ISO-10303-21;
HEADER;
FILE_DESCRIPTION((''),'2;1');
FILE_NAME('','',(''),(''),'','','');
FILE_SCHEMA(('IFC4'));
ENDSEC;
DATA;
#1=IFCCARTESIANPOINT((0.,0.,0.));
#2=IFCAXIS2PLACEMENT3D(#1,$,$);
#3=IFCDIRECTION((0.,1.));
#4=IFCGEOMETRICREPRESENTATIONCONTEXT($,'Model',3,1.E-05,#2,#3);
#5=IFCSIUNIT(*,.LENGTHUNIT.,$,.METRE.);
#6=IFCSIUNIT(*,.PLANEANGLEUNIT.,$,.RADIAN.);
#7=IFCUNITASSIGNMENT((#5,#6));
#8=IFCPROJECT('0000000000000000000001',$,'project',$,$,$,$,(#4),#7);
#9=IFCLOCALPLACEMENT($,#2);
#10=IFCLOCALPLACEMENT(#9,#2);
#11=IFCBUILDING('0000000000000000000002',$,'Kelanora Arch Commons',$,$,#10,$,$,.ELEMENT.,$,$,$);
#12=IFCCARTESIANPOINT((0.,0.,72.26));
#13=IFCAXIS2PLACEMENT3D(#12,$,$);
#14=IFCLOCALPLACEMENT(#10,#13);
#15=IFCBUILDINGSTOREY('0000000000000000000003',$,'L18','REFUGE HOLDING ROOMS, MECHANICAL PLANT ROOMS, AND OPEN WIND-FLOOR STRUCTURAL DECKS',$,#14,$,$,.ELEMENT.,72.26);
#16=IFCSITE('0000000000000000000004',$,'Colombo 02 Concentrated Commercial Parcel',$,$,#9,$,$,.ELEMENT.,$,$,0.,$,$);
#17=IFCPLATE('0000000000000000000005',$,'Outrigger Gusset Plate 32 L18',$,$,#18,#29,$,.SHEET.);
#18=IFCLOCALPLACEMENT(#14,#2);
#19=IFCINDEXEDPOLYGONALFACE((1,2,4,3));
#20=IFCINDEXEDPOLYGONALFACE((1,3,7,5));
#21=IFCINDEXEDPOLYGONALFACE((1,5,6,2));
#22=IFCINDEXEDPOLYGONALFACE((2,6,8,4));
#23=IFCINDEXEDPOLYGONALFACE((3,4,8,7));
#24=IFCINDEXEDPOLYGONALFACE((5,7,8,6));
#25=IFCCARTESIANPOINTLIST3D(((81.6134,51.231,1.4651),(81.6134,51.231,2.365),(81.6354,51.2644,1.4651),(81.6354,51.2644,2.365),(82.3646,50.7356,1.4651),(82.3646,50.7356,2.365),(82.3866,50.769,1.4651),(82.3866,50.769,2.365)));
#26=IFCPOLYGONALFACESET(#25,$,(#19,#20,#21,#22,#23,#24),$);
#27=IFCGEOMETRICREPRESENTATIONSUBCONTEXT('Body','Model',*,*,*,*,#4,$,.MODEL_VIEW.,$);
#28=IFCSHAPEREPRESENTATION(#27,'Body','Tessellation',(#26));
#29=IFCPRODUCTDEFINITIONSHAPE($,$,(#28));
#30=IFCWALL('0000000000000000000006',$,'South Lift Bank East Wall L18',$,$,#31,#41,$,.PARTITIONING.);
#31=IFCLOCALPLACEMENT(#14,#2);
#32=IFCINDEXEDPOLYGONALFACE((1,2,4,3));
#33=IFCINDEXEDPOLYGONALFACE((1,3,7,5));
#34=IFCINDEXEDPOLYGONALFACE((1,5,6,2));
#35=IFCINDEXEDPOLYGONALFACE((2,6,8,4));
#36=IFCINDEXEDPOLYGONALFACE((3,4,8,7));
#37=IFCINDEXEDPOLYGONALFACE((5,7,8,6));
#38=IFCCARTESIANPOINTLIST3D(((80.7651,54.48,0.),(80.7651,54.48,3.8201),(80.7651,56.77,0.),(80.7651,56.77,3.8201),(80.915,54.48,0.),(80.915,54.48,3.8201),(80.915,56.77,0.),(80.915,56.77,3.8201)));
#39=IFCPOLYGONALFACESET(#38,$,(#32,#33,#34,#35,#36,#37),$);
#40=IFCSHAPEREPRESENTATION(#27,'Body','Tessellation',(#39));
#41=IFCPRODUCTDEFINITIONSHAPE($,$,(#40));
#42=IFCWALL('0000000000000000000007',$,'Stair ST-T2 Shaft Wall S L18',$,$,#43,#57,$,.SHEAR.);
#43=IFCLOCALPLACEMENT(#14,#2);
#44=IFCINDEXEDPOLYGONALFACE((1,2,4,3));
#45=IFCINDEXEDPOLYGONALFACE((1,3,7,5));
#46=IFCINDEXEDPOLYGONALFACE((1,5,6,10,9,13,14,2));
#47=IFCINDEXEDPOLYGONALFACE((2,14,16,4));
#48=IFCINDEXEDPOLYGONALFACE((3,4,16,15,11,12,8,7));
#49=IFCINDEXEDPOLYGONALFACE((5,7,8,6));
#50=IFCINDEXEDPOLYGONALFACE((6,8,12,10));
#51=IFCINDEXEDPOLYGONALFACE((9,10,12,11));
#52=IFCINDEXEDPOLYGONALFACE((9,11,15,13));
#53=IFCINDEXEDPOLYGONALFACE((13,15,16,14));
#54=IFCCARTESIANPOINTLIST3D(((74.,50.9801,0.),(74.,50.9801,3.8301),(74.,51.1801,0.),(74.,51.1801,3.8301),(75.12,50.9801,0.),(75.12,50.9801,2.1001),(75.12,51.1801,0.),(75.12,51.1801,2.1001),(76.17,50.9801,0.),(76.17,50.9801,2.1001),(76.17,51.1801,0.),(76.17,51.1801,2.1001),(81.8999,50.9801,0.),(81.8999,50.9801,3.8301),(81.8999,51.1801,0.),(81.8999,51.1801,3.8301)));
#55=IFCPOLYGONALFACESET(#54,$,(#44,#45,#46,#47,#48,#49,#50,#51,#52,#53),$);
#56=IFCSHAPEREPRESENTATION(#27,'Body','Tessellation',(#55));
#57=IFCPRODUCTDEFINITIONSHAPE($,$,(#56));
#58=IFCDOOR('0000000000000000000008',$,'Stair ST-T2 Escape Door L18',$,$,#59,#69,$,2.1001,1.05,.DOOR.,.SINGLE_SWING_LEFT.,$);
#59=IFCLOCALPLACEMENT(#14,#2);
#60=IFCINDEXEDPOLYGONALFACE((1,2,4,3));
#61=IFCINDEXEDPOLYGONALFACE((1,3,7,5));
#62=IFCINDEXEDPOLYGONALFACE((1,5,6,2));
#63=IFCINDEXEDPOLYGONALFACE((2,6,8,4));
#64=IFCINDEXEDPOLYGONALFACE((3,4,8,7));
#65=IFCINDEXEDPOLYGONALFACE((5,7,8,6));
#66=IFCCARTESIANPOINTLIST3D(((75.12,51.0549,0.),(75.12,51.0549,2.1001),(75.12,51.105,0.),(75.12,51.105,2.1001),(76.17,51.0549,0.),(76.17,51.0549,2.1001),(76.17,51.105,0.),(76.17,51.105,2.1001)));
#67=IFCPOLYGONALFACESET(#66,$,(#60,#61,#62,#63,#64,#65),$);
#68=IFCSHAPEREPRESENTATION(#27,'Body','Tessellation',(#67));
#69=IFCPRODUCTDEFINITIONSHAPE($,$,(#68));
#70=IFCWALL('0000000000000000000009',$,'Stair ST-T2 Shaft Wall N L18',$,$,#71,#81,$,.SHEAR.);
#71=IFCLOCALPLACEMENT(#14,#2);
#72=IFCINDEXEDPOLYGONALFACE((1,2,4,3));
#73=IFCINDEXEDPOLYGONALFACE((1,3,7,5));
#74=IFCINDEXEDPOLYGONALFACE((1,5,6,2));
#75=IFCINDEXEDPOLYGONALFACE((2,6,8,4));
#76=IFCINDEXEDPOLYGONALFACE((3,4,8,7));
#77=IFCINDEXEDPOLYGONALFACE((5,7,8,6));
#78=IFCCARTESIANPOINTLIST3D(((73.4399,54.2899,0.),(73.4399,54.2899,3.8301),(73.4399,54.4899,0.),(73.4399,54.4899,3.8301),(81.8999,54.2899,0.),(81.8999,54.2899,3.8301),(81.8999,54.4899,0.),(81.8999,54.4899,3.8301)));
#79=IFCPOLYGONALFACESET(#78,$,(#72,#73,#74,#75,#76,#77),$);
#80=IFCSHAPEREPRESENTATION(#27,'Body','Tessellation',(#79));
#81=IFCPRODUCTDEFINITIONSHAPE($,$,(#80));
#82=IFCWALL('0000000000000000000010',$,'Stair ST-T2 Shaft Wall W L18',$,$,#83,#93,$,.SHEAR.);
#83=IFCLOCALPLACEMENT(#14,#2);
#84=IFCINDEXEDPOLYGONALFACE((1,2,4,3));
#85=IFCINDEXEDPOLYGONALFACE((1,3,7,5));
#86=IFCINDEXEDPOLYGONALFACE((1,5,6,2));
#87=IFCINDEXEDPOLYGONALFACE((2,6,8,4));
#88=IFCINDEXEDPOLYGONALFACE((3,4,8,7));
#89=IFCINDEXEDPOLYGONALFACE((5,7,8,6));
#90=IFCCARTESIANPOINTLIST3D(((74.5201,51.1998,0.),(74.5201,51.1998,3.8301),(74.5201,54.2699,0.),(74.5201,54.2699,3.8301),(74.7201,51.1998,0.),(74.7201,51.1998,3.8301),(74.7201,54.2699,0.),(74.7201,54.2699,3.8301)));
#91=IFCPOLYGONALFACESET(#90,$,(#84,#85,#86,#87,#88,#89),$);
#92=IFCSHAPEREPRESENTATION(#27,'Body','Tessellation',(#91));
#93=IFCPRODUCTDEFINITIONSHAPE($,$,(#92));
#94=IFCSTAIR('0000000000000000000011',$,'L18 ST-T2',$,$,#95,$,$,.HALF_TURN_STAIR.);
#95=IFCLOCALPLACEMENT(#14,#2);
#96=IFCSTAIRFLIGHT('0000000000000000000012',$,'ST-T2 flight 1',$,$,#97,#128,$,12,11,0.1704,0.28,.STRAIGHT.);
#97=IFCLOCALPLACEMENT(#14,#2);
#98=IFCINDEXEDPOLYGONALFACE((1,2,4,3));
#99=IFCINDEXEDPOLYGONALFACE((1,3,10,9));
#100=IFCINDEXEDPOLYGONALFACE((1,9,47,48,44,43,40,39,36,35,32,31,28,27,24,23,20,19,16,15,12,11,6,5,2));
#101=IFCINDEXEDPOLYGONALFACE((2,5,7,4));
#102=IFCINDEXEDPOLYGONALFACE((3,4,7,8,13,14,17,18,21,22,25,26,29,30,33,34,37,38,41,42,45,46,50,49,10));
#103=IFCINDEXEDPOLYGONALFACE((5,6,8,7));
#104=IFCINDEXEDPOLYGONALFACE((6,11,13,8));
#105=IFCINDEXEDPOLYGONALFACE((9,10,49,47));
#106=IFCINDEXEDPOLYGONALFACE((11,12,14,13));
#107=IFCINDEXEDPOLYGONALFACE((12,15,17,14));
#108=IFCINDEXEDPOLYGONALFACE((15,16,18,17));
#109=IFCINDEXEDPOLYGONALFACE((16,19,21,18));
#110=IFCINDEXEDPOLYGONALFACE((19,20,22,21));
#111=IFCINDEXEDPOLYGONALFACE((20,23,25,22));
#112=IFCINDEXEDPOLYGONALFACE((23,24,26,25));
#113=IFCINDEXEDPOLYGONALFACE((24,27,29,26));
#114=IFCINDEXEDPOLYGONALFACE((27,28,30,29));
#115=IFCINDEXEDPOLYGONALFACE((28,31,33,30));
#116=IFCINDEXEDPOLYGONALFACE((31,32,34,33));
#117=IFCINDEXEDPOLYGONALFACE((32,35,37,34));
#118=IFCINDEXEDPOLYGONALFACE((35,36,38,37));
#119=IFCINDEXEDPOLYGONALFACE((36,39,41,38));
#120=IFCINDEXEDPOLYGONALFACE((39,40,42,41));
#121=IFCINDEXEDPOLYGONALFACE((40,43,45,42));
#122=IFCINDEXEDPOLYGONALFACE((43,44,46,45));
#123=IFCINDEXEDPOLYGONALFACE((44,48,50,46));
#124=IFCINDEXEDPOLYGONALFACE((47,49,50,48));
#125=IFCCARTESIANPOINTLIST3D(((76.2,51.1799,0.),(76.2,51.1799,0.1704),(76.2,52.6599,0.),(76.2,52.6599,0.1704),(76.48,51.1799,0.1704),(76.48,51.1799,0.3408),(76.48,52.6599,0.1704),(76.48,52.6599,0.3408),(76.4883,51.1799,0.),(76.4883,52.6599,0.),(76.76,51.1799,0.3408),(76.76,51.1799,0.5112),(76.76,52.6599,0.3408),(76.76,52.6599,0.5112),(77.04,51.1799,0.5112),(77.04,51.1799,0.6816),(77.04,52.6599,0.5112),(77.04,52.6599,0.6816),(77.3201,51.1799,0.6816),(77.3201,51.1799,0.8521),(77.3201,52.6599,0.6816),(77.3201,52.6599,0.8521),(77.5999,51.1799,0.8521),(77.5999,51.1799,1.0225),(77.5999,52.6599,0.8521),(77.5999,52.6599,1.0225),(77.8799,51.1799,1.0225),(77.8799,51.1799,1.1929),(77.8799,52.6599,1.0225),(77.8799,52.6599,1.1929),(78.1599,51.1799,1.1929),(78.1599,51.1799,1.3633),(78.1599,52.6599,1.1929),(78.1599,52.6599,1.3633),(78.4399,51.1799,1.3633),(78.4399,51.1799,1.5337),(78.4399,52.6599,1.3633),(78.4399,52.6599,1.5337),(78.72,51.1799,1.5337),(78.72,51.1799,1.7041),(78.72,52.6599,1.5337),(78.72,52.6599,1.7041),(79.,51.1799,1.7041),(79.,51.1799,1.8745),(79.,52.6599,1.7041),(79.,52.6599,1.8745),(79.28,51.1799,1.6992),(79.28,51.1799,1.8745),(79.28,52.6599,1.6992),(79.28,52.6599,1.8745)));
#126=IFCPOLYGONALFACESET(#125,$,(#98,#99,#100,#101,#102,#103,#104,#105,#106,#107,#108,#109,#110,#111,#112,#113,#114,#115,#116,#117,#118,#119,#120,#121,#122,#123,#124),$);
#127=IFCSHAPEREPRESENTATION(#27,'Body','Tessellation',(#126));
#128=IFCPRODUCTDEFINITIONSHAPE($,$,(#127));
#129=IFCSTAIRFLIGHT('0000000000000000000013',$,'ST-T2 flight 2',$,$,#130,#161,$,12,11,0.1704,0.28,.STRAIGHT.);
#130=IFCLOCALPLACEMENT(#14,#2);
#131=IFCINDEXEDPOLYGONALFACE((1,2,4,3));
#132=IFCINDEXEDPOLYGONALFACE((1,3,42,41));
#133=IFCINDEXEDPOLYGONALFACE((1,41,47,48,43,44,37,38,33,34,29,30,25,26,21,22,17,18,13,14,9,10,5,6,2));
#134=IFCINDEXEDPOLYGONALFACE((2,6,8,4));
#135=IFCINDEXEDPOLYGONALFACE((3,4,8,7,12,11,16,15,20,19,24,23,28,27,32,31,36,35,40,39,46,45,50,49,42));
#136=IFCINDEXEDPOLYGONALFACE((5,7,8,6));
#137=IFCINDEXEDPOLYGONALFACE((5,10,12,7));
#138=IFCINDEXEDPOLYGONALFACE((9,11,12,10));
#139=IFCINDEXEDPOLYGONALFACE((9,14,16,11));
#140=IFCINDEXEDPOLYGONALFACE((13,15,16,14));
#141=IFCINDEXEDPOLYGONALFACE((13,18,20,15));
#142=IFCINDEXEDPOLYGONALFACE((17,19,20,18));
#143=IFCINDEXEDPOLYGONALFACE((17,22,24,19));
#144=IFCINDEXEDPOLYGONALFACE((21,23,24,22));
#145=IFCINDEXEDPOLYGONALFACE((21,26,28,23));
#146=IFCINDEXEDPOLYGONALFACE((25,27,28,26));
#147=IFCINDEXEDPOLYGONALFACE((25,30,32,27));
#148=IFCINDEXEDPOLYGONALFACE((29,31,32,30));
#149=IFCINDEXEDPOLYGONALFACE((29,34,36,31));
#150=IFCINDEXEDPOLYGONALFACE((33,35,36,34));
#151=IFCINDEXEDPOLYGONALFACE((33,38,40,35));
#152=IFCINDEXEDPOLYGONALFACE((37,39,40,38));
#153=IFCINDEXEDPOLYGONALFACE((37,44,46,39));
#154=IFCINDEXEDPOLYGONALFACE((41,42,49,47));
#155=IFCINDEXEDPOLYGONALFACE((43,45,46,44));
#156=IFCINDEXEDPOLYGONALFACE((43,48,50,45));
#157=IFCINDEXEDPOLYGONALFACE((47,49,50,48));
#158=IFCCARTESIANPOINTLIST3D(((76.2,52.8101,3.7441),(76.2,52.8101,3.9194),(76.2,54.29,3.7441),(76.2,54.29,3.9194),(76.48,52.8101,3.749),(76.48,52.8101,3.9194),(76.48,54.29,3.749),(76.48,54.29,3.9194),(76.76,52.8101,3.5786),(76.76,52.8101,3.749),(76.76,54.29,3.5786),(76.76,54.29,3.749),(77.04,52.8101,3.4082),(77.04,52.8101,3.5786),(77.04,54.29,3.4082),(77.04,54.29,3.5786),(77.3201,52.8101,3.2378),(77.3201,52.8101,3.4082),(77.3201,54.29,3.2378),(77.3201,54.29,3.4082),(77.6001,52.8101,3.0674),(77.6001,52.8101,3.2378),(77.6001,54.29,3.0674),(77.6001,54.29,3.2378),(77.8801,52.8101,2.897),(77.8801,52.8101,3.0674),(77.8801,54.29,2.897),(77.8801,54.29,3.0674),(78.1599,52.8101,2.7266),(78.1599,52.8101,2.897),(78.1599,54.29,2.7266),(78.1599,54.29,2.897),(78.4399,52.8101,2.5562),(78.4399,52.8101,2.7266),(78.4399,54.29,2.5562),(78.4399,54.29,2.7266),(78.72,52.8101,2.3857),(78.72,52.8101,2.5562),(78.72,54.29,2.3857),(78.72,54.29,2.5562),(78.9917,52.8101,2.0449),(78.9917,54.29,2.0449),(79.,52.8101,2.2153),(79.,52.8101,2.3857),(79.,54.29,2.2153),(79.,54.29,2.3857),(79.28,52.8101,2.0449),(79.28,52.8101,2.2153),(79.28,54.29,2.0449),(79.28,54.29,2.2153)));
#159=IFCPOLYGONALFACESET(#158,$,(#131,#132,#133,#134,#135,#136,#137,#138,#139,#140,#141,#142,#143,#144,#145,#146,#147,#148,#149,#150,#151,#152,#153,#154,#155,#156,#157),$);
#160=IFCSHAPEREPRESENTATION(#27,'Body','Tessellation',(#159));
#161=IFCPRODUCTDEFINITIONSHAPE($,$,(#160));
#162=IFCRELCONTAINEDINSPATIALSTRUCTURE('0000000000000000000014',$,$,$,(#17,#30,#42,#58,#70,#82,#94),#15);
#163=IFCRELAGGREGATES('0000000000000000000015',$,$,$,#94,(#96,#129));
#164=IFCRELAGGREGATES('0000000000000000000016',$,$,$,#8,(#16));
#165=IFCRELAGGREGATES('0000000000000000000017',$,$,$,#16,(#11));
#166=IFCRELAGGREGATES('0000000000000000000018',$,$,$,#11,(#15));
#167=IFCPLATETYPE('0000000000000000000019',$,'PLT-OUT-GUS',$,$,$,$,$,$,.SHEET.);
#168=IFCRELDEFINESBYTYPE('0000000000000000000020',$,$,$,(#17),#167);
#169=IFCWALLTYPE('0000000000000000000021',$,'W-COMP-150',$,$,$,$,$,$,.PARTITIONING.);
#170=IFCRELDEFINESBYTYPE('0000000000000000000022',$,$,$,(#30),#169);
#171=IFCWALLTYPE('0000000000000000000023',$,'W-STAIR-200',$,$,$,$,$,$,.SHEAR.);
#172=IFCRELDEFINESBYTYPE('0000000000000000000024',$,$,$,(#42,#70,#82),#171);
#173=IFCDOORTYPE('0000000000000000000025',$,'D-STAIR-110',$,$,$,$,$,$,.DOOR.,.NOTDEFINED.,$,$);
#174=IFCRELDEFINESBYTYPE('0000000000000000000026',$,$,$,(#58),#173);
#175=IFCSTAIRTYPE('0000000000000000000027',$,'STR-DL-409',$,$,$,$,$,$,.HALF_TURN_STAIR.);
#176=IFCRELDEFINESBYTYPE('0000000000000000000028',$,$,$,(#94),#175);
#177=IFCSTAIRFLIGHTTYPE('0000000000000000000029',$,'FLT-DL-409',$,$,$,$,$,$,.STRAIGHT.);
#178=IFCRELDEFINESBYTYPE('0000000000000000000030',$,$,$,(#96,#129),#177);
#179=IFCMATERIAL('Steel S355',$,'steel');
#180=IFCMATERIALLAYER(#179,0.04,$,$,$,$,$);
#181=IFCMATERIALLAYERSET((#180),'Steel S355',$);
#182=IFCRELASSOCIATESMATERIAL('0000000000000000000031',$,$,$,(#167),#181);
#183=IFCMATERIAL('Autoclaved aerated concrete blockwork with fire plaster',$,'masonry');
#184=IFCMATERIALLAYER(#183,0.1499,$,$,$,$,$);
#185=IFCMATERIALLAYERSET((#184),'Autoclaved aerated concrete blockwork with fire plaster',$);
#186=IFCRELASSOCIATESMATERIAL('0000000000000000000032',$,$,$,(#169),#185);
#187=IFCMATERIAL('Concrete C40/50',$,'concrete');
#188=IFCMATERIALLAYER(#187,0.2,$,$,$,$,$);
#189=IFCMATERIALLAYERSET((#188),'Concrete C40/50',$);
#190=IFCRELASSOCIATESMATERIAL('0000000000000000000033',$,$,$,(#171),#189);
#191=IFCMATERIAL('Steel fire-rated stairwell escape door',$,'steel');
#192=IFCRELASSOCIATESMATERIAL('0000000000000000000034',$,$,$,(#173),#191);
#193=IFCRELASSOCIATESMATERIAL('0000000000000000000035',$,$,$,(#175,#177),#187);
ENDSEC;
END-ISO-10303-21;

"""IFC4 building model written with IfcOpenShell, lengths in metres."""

from ifc_helpers import new_model, si_unit, direction, frame, frame_2d, origin, origin_2d, place, context, subcontext, project, spatial, polyline, rectangle, outline, extrude, source, transform, mapped, material, layer, layer_set, type_object, element, fill, aggregate, save


model = new_model("IFC4")

# Units and contexts
model_context = context("Model", 3, precision=1e-05, world=origin(), true_north=direction((0.0, 1.0)))
body_context = subcontext(model_context, "Body", "Model", "MODEL_VIEW")
ifc_project = project(units=[si_unit("LENGTHUNIT", "METRE"), si_unit("PLANEANGLEUNIT", "RADIAN")], contexts=[model_context])

# Site, building, storey
site_placement = place(None, origin())
site = spatial("IfcSite", under=ifc_project, at=site_placement, Name="Colombo 02 Concentrated Commercial Parcel", CompositionType="ELEMENT", RefElevation=0.0)
building_placement = place(site_placement, origin())
building = spatial("IfcBuilding", under=site, at=building_placement, Name="Kelanora Arch Commons", CompositionType="ELEMENT")
storey_placement = place(building_placement, frame((0.0, 0.0, 72.26)))
storey = spatial("IfcBuildingStorey", under=building, at=storey_placement, Name="L18", Description="REFUGE HOLDING ROOMS, MECHANICAL PLANT ROOMS, AND OPEN WIND-FLOOR STRUCTURAL DECKS", CompositionType="ELEMENT", Elevation=72.26)

# Shared definitions
ifc_material_1 = material(Name="Steel S355", Category="steel")

# Plate
ifc_layer_1 = layer(ifc_material_1, 0.04)
ifc_layer_set_1 = layer_set([ifc_layer_1], Name="Steel S355")
plate_type = type_object("IfcPlateType", Name="PLT-OUT-GUS", PredefinedType="SHEET", material=ifc_layer_set_1)
shared_shape_1 = source(origin(), body_context, "Body", "SweptSolid", [
    extrude(rectangle(XDim=0.8999, YDim=0.04, at=origin_2d()), origin(), (0.0, 0.0, 1.0), 0.8999),
])
plate_placement = place(storey_placement, frame((82.0, 51.0, 1.4651), z_axis=(0.0, 0.0, 1.0), x_axis=(0.834791, -0.550567, 0.0)))
element("IfcPlate", 1, at=plate_placement, inside=storey, type_object=plate_type, Name="Outrigger Gusset Plate 32 L18", PredefinedType="SHEET", context=body_context, shape_type="MappedRepresentation", body=[
    mapped(shared_shape_1, transform((0.0, 0.0, 0.0), scale=1.0)),
])

# Wall
ifc_material_2 = material(Name="Autoclaved aerated concrete blockwork with fire plaster", Category="masonry")
ifc_layer_2 = layer(ifc_material_2, 0.1499)
ifc_layer_set_2 = layer_set([ifc_layer_2], Name="Autoclaved aerated concrete blockwork with fire plaster")
wall_type_1 = type_object("IfcWallType", Name="W-COMP-150", PredefinedType="PARTITIONING", material=ifc_layer_set_2)
wall_1_placement = place(storey_placement, frame((80.8401, 54.48, 0.0), z_axis=(0.0, 0.0, 1.0), x_axis=(0.0, 1.0, 0.0)))
element("IfcWall", 2, at=wall_1_placement, inside=storey, type_object=wall_type_1, Name="South Lift Bank East Wall L18", PredefinedType="PARTITIONING", context=body_context, shape_type="SweptSolid", body=[
    extrude(rectangle(XDim=2.29, YDim=0.1499, at=frame_2d((1.145, 0.0))), origin(), (0.0, 0.0, 1.0), 3.8201),
])

# Wall, opening, door
ifc_material_3 = material(Name="Concrete C40/50", Category="concrete")
ifc_layer_3 = layer(ifc_material_3, 0.2)
ifc_layer_set_3 = layer_set([ifc_layer_3], Name="Concrete C40/50")
wall_type_2 = type_object("IfcWallType", Name="W-STAIR-200", PredefinedType="SHEAR", material=ifc_layer_set_3)
wall_2_placement = place(storey_placement, frame((74.0, 51.0801, 0.0), z_axis=(0.0, 0.0, 1.0), x_axis=(1.0, 0.0, 0.0)))
wall_2 = element("IfcWall", 3, at=wall_2_placement, inside=storey, type_object=wall_type_2, Name="Stair ST-T2 Shaft Wall S L18", PredefinedType="SHEAR", context=body_context, shape_type="SweptSolid", body=[
    extrude(rectangle(XDim=7.8999, YDim=0.2, at=frame_2d((3.95, 0.0))), origin(), (0.0, 0.0, 1.0), 3.8301),
])
opening_placement = place(wall_2_placement, frame((1.1201, 0.0, 0.0)))
opening = element("IfcOpeningElement", 4, at=opening_placement, cuts=wall_2, PredefinedType="OPENING", context=body_context, shape_type="SweptSolid", body=[
    extrude(rectangle(XDim=1.05, YDim=2.1001, at=frame_2d((0.5249, 1.05))), frame((0.0, 0.1099, 0.0), z_axis=(0.0, -1.0, 0.0), x_axis=(1.0, 0.0, 0.0)), (0.0, 0.0, 1.0), 0.22),
])
ifc_material_4 = material(Name="Steel fire-rated stairwell escape door", Category="steel")
door_type = type_object("IfcDoorType", Name="D-STAIR-110", OperationType="NOTDEFINED", PredefinedType="DOOR", material=ifc_material_4)
door_placement = place(opening_placement, origin())
door = element("IfcDoor", 5, at=door_placement, inside=storey, type_object=door_type, Name="Stair ST-T2 Escape Door L18", OperationType="SINGLE_SWING_LEFT", OverallHeight=2.1001, OverallWidth=1.05, PredefinedType="DOOR", context=body_context, shape_type="SweptSolid", body=[
    extrude(rectangle(XDim=1.05, YDim=2.1001, at=frame_2d((0.5249, 1.05))), frame((0.0, 0.0249, 0.0), z_axis=(0.0, -1.0, 0.0), x_axis=(1.0, 0.0, 0.0)), (0.0, 0.0, 1.0), 0.05),
])
fill(opening, door)

# Walls
wall_3_placement = place(storey_placement, frame((81.8999, 54.3899, 0.0), z_axis=(0.0, 0.0, 1.0), x_axis=(-1.0, 0.0, 0.0)))
element("IfcWall", 6, at=wall_3_placement, inside=storey, type_object=wall_type_2, Name="Stair ST-T2 Shaft Wall N L18", PredefinedType="SHEAR", context=body_context, shape_type="SweptSolid", body=[
    extrude(rectangle(XDim=8.46, YDim=0.2, at=frame_2d((4.23, 0.0))), origin(), (0.0, 0.0, 1.0), 3.8301),
])
wall_4_placement = place(storey_placement, frame((74.6201, 54.27, 0.0), z_axis=(0.0, 0.0, 1.0), x_axis=(0.0, -1.0, 0.0)))
element("IfcWall", 7, at=wall_4_placement, inside=storey, type_object=wall_type_2, Name="Stair ST-T2 Shaft Wall W L18", PredefinedType="SHEAR", context=body_context, shape_type="SweptSolid", body=[
    extrude(rectangle(XDim=3.0701, YDim=0.2, at=frame_2d((1.5352, 0.0))), origin(), (0.0, 0.0, 1.0), 3.8301),
])

# Stair, stair flights
stair_type = type_object("IfcStairType", Name="STR-DL-409", PredefinedType="HALF_TURN_STAIR", material=ifc_material_3)
stair_placement = place(storey_placement, origin())
stair = element("IfcStair", 8, at=stair_placement, inside=storey, type_object=stair_type, Name="L18 ST-T2", PredefinedType="HALF_TURN_STAIR")
stair_flight_type = type_object("IfcStairFlightType", Name="FLT-DL-409", PredefinedType="STRAIGHT", material=ifc_material_3)
stair_flight_1_placement = place(storey_placement, frame((76.2, 51.9199, 0.0), z_axis=(0.0, 0.0, 1.0), x_axis=(1.0, 0.0, 0.0)))
stair_flight_1 = element("IfcStairFlight", 9, at=stair_flight_1_placement, type_object=stair_flight_type, Name="ST-T2 flight 1", NumberOfRisers=12, NumberOfTreads=11, PredefinedType="STRAIGHT", RiserHeight=0.1704, TreadLength=0.28, context=body_context, shape_type="SweptSolid", body=[
    extrude(outline(polyline([(0.0, 0.0), (0.0, 0.1704), (0.28, 0.1704), (0.28, 0.3408), (0.5601, 0.3408), (0.5601, 0.5112), (0.8401, 0.5112), (0.8401, 0.6816), (1.1201, 0.6816), (1.1201, 0.8521), (1.3999, 0.8521), (1.3999, 1.0225), (1.6799, 1.0225), (1.6799, 1.1929), (1.96, 1.1929), (1.96, 1.3633), (2.24, 1.3633), (2.24, 1.5337), (2.52, 1.5337), (2.52, 1.7041), (2.8, 1.7041), (2.8, 1.8745), (3.0801, 1.8745), (3.0801, 2.0449), (3.0801, 1.6992), (0.2883, 0.0), (0.0, 0.0)])), frame((0.0, 0.74, 0.0), z_axis=(0.0, -1.0, 0.0), x_axis=(1.0, 0.0, 0.0)), (0.0, 0.0, 1.0), 1.48),
])
stair_flight_2_placement = place(storey_placement, frame((79.28, 53.55, 2.0449), z_axis=(0.0, 0.0, 1.0), x_axis=(-1.0, 0.0, 0.0)))
stair_flight_2 = element("IfcStairFlight", 10, at=stair_flight_2_placement, type_object=stair_flight_type, Name="ST-T2 flight 2", NumberOfRisers=12, NumberOfTreads=11, PredefinedType="STRAIGHT", RiserHeight=0.1704, TreadLength=0.28, context=body_context, shape_type="SweptSolid", body=[
    extrude(outline(polyline([(0.0, 0.0), (0.0, 0.1704), (0.28, 0.1704), (0.28, 0.3408), (0.5601, 0.3408), (0.5601, 0.5112), (0.8401, 0.5112), (0.8401, 0.6816), (1.1201, 0.6816), (1.1201, 0.8521), (1.3999, 0.8521), (1.3999, 1.0225), (1.6799, 1.0225), (1.6799, 1.1929), (1.96, 1.1929), (1.96, 1.3633), (2.24, 1.3633), (2.24, 1.5337), (2.52, 1.5337), (2.52, 1.7041), (2.8, 1.7041), (2.8, 1.8745), (3.0801, 1.8745), (3.0801, 2.0449), (3.0801, 1.6992), (0.2883, 0.0), (0.0, 0.0)])), frame((0.0, 0.74, 0.0), z_axis=(0.0, -1.0, 0.0), x_axis=(1.0, 0.0, 0.0)), (0.0, 0.0, 1.0), 1.48),
])
aggregate(stair, [stair_flight_1, stair_flight_2])

save(model, "model.ifc")
